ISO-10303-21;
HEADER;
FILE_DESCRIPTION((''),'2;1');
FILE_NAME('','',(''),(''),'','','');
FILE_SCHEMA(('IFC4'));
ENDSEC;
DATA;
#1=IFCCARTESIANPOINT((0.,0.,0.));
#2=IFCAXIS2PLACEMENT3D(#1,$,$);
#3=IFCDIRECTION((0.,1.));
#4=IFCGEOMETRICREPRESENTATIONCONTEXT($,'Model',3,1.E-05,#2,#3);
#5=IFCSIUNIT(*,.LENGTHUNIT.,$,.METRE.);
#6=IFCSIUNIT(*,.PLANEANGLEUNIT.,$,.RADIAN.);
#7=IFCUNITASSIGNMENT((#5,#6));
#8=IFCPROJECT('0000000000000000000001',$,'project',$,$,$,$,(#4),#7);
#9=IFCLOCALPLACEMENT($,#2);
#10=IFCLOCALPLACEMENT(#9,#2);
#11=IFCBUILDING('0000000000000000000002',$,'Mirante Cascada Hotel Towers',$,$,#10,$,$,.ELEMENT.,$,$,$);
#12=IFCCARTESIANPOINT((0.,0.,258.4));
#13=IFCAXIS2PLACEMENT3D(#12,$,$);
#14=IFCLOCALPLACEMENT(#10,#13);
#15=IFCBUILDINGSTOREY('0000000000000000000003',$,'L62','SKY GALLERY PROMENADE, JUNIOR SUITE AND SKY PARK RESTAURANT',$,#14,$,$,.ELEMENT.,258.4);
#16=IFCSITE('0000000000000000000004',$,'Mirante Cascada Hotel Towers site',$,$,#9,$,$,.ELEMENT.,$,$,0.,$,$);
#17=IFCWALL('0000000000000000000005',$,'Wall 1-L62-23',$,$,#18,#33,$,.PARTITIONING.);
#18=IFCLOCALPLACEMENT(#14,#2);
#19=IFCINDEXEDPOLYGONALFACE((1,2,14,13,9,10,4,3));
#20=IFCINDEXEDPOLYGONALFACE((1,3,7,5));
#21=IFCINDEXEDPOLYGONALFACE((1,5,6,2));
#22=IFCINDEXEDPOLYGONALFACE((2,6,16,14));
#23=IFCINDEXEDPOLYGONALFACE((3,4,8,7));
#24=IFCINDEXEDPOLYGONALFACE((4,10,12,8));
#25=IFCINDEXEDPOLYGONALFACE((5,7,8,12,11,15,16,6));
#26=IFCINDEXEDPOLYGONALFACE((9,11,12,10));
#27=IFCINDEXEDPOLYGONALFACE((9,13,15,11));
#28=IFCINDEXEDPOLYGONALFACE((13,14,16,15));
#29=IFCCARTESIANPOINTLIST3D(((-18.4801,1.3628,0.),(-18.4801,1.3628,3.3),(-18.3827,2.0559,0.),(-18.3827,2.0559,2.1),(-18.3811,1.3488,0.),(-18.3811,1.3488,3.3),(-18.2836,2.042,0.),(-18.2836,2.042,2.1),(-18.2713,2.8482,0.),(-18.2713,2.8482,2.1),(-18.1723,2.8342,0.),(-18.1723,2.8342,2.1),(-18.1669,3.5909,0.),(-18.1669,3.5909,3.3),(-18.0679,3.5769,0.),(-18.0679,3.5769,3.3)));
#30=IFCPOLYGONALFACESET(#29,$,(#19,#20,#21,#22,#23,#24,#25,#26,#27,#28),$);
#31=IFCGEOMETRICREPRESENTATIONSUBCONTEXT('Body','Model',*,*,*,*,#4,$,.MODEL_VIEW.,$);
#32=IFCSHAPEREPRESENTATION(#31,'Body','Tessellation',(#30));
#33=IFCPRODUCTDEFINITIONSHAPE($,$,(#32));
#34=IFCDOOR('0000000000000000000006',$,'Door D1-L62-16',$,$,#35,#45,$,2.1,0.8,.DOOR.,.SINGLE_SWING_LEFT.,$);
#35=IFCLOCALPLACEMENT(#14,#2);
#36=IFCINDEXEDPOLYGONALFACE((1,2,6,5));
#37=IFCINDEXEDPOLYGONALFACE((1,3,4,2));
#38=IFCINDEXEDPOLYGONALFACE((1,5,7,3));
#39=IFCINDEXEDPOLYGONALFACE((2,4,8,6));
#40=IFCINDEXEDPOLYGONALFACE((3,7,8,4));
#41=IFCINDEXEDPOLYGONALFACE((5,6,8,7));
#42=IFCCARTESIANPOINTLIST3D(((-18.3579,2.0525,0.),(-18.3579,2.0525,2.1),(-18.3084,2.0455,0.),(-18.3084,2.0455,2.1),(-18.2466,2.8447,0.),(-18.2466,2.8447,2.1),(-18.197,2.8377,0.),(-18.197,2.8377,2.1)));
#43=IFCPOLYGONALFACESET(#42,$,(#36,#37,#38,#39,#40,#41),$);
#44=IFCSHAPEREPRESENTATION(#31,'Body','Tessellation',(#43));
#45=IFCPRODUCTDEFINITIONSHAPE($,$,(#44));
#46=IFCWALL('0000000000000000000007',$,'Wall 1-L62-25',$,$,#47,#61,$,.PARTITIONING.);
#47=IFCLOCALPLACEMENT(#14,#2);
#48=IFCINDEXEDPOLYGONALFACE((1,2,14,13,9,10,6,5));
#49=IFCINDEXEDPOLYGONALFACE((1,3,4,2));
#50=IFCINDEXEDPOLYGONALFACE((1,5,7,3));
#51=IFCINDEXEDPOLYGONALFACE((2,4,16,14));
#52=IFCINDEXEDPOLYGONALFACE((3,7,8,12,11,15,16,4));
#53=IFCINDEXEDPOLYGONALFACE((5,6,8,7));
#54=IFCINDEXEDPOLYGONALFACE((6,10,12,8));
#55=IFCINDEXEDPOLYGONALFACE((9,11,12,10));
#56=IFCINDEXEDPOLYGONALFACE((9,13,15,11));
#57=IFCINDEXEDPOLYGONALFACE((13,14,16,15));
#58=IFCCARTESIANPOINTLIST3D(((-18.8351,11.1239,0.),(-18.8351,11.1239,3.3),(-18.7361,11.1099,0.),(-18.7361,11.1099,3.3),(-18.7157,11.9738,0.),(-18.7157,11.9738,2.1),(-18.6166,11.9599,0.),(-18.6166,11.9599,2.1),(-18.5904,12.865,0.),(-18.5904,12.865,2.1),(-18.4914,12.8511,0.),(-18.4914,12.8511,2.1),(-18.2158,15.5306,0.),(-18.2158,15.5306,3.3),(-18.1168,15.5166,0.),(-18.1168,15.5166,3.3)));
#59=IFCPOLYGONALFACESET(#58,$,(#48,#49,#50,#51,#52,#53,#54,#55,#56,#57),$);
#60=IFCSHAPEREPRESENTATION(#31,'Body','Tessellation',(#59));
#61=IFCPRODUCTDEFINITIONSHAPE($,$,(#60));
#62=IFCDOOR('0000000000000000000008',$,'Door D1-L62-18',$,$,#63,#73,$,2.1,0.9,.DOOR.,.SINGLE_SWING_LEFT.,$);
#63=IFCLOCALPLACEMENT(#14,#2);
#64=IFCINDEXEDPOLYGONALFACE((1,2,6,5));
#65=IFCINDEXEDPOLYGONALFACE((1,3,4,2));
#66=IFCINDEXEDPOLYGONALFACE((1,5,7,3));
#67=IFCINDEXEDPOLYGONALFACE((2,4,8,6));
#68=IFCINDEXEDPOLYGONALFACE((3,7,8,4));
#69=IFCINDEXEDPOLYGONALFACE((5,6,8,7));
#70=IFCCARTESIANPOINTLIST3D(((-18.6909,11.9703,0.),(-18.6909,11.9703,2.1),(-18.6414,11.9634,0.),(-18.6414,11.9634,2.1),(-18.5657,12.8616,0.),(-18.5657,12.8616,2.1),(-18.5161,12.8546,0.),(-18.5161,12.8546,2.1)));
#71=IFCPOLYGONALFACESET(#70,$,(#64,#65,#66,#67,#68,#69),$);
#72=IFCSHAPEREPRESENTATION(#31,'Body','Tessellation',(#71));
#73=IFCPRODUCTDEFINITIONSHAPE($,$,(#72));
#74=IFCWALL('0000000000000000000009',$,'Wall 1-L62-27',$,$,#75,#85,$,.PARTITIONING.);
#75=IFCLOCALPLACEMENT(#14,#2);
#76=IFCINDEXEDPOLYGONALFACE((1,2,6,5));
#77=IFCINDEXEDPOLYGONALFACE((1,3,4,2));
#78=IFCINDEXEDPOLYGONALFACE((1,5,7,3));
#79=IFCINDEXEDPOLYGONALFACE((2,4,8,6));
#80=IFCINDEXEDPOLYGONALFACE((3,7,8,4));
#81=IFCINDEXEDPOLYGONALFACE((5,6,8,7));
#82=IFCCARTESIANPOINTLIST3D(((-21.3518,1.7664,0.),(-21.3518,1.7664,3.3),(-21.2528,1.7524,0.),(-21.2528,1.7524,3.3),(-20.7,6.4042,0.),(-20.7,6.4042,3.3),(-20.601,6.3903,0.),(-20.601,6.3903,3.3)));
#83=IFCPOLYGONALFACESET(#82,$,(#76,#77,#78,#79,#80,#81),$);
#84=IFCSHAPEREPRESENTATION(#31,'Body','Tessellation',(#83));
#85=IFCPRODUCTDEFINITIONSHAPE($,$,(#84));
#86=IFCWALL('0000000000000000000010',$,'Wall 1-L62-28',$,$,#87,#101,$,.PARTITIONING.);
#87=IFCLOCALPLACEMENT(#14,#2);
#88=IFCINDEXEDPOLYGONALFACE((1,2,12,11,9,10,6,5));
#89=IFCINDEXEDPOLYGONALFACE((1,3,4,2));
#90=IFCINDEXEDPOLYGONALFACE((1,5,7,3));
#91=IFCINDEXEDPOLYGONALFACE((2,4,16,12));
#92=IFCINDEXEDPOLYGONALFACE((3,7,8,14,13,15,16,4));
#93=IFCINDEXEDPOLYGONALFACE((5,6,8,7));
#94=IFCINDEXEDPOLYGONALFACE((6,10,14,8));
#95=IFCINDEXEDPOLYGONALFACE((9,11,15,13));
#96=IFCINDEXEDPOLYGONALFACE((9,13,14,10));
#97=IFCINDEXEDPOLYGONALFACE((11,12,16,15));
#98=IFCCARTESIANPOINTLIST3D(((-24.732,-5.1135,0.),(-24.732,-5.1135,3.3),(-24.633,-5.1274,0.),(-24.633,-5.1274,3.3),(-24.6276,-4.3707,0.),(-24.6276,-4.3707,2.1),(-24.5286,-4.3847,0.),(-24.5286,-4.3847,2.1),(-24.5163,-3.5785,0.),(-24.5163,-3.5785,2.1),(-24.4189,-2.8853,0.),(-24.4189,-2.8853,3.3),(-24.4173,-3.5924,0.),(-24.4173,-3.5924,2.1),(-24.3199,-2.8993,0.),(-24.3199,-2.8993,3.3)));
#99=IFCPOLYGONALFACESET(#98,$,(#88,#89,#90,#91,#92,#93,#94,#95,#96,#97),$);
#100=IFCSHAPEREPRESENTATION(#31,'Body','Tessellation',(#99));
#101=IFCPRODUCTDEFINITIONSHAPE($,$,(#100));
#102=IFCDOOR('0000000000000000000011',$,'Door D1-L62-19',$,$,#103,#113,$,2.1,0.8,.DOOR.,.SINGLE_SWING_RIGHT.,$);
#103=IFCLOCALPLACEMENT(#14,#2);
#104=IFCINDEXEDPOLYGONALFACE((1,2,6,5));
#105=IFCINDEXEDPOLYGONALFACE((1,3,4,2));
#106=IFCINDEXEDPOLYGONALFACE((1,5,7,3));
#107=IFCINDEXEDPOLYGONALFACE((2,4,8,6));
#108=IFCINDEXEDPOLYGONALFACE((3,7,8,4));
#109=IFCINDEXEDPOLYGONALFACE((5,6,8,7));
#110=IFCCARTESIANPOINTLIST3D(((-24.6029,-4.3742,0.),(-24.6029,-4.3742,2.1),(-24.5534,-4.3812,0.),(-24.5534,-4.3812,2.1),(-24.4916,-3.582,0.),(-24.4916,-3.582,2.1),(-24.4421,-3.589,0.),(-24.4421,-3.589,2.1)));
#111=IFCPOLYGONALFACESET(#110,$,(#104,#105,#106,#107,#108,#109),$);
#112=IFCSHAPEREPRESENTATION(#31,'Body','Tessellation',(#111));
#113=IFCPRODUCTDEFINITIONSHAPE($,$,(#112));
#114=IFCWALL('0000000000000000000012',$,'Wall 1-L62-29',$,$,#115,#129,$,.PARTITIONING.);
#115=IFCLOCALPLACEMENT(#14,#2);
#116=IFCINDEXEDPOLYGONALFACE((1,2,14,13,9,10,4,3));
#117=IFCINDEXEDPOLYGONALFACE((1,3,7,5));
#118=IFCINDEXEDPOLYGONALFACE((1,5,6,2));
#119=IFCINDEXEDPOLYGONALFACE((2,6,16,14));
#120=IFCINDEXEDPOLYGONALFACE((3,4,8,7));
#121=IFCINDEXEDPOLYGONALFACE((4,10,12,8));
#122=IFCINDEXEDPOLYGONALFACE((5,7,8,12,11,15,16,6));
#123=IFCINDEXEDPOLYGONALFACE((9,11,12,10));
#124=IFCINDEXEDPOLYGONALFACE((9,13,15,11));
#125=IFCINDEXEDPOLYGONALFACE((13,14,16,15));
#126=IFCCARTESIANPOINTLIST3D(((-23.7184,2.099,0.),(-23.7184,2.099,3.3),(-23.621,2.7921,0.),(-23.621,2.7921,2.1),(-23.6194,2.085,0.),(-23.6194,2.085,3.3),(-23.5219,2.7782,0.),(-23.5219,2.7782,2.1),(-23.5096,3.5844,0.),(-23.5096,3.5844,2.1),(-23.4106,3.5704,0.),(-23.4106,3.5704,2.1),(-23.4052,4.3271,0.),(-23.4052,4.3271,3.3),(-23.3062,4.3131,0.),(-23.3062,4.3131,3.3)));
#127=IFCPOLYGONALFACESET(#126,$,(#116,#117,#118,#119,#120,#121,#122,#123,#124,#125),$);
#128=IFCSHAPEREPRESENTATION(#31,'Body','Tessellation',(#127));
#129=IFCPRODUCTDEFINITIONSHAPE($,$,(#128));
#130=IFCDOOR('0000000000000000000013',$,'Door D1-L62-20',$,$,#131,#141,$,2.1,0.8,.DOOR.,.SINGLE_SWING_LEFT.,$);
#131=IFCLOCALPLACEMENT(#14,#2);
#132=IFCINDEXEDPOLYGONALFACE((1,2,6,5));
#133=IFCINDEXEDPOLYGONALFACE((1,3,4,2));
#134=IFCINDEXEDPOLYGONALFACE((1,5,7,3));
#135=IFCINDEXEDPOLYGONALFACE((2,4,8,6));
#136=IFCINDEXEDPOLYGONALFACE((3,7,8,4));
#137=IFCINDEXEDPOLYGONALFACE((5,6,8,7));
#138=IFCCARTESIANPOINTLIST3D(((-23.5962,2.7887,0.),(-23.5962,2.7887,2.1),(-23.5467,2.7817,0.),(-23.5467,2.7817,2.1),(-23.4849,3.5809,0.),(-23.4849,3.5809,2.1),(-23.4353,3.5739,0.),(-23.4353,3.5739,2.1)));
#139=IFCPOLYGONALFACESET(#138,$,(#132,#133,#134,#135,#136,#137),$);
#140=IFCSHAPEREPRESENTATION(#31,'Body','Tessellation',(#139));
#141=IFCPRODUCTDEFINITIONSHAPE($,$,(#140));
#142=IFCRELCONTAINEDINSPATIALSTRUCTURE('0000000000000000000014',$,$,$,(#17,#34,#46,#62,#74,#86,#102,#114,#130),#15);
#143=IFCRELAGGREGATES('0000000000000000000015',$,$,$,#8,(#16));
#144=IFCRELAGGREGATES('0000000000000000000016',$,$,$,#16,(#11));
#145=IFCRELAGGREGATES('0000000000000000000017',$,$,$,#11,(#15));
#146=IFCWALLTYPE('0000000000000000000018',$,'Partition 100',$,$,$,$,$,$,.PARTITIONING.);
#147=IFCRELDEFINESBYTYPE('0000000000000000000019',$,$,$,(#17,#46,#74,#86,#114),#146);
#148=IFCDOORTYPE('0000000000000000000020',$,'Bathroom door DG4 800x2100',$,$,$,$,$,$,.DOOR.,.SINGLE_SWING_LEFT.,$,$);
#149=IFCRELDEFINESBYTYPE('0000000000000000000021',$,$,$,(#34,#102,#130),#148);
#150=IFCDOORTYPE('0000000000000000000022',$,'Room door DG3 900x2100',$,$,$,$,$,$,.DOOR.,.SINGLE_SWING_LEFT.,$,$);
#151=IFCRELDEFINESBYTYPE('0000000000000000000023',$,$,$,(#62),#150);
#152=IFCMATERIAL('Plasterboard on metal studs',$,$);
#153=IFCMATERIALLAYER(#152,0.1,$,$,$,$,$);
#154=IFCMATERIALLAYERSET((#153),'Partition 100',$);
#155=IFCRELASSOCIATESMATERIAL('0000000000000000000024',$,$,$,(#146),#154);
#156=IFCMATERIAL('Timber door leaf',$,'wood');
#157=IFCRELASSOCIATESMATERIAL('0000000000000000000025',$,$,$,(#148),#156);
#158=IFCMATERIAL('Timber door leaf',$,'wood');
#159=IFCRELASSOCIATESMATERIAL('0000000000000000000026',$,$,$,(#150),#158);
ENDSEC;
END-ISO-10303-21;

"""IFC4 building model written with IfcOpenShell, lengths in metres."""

from ifc_helpers import new_model, si_unit, direction, frame, frame_2d, origin, place, context, subcontext, project, spatial, rectangle, extrude, material, layer, layer_set, type_object, element, fill, save


model = new_model("IFC4")

# Units and contexts
model_context = context("Model", 3, precision=1e-05, world=origin(), true_north=direction((0.0, 1.0)))
body_context = subcontext(model_context, "Body", "Model", "MODEL_VIEW")
ifc_project = project(units=[si_unit("LENGTHUNIT", "METRE"), si_unit("PLANEANGLEUNIT", "RADIAN")], contexts=[model_context])

# Site, building, storey
site_placement = place(None, origin())
site = spatial("IfcSite", under=ifc_project, at=site_placement, Name="Mirante Cascada Hotel Towers site", CompositionType="ELEMENT", RefElevation=0.0)
building_placement = place(site_placement, origin())
building = spatial("IfcBuilding", under=site, at=building_placement, Name="Mirante Cascada Hotel Towers", CompositionType="ELEMENT")
storey_placement = place(building_placement, frame((0.0, 0.0, 258.4)))
storey = spatial("IfcBuildingStorey", under=building, at=storey_placement, Name="L62", Description="SKY GALLERY PROMENADE, JUNIOR SUITE AND SKY PARK RESTAURANT", CompositionType="ELEMENT", Elevation=258.4)

# Shared definitions
ifc_material_1 = material(Name="Plasterboard on metal studs")
ifc_layer_1 = layer(ifc_material_1, 0.1)
ifc_layer_set_1 = layer_set([ifc_layer_1], Name="Partition 100")
wall_type_1 = type_object("IfcWallType", Name="Partition 100", PredefinedType="PARTITIONING", material=ifc_layer_set_1)

# Walls, openings, doors
wall_1_placement = place(storey_placement, frame((-18.4306, 1.3558, 0.0), z_axis=(0.0, 0.0, 1.0), x_axis=(0.1392, 0.990264, 0.0)))
wall_1 = element("IfcWall", 1, at=wall_1_placement, inside=storey, type_object=wall_type_1, Name="Wall 1-L62-23", PredefinedType="PARTITIONING", context=body_context, shape_type="SweptSolid", body=[
    extrude(rectangle(XDim=2.25, YDim=0.1, at=frame_2d((1.125, 0.0))), origin(), (0.0, 0.0, 1.0), 3.3),
])
opening_1_placement = place(wall_1_placement, frame((0.7, 0.0, 0.0)))
opening_1 = element("IfcOpeningElement", 2, at=opening_1_placement, cuts=wall_1, PredefinedType="OPENING", context=body_context, shape_type="SweptSolid", body=[
    extrude(rectangle(XDim=0.8, YDim=2.1, at=frame_2d((0.4, 1.05))), frame((0.0, 0.05, 0.0), z_axis=(0.0, -1.0, 0.0), x_axis=(1.0, 0.0, 0.0)), (0.0, 0.0, 1.0), 0.1),
])
ifc_material_2 = material(Name="Timber door leaf", Category="wood")
door_type_1 = type_object("IfcDoorType", Name="Bathroom door DG4 800x2100", OperationType="SINGLE_SWING_LEFT", PredefinedType="DOOR", material=ifc_material_2)
door_1_placement = place(opening_1_placement, origin())
door_1 = element("IfcDoor", 3, at=door_1_placement, inside=storey, type_object=door_type_1, Name="Door D1-L62-16", OperationType="SINGLE_SWING_LEFT", OverallHeight=2.1, OverallWidth=0.8, PredefinedType="DOOR", context=body_context, shape_type="SweptSolid", body=[
    extrude(rectangle(XDim=0.8, YDim=2.1, at=frame_2d((0.4, 1.05))), frame((0.0, 0.025, 0.0), z_axis=(0.0, -1.0, 0.0), x_axis=(1.0, 0.0, 0.0)), (0.0, 0.0, 1.0), 0.05),
])
fill(opening_1, door_1)
wall_2_placement = place(storey_placement, frame((-18.7856, 11.1169, 0.0), z_axis=(0.0, 0.0, 1.0), x_axis=(0.139168, 0.990269, 0.0)))
wall_2 = element("IfcWall", 4, at=wall_2_placement, inside=storey, type_object=wall_type_1, Name="Wall 1-L62-25", PredefinedType="PARTITIONING", context=body_context, shape_type="SweptSolid", body=[
    extrude(rectangle(XDim=4.45, YDim=0.1, at=frame_2d((2.225, 0.0))), origin(), (0.0, 0.0, 1.0), 3.3),
])
opening_2_placement = place(wall_2_placement, frame((0.8583, 0.0, 0.0)))
opening_2 = element("IfcOpeningElement", 5, at=opening_2_placement, cuts=wall_2, PredefinedType="OPENING", context=body_context, shape_type="SweptSolid", body=[
    extrude(rectangle(XDim=0.9, YDim=2.1, at=frame_2d((0.45, 1.05))), frame((0.0, 0.05, 0.0), z_axis=(0.0, -1.0, 0.0), x_axis=(1.0, 0.0, 0.0)), (0.0, 0.0, 1.0), 0.1),
])
ifc_material_3 = material(Name="Timber door leaf", Category="wood")
door_type_2 = type_object("IfcDoorType", Name="Room door DG3 900x2100", OperationType="SINGLE_SWING_LEFT", PredefinedType="DOOR", material=ifc_material_3)
door_2_placement = place(opening_2_placement, origin())
door_2 = element("IfcDoor", 6, at=door_2_placement, inside=storey, type_object=door_type_2, Name="Door D1-L62-18", OperationType="SINGLE_SWING_LEFT", OverallHeight=2.1, OverallWidth=0.9, PredefinedType="DOOR", context=body_context, shape_type="SweptSolid", body=[
    extrude(rectangle(XDim=0.9, YDim=2.1, at=frame_2d((0.45, 1.05))), frame((0.0, 0.025, 0.0), z_axis=(0.0, -1.0, 0.0), x_axis=(1.0, 0.0, 0.0)), (0.0, 0.0, 1.0), 0.05),
])
fill(opening_2, door_2)

# Wall
wall_3_placement = place(storey_placement, frame((-21.3023, 1.7594, 0.0), z_axis=(0.0, 0.0, 1.0), x_axis=(0.139173, 0.990268, 0.0)))
element("IfcWall", 7, at=wall_3_placement, inside=storey, type_object=wall_type_1, Name="Wall 1-L62-27", PredefinedType="PARTITIONING", context=body_context, shape_type="SweptSolid", body=[
    extrude(rectangle(XDim=4.6834, YDim=0.1, at=frame_2d((2.3417, 0.0))), origin(), (0.0, 0.0, 1.0), 3.3),
])

# Walls, openings, doors
wall_4_placement = place(storey_placement, frame((-24.3694, -2.8923, 0.0), z_axis=(0.0, 0.0, 1.0), x_axis=(-0.139156, -0.990271, 0.0)))
wall_4 = element("IfcWall", 8, at=wall_4_placement, inside=storey, type_object=wall_type_1, Name="Wall 1-L62-28", PredefinedType="PARTITIONING", context=body_context, shape_type="SweptSolid", body=[
    extrude(rectangle(XDim=2.25, YDim=0.1, at=frame_2d((1.125, 0.0))), origin(), (0.0, 0.0, 1.0), 3.3),
])
opening_3_placement = place(wall_4_placement, frame((0.7, 0.0, 0.0)))
opening_3 = element("IfcOpeningElement", 9, at=opening_3_placement, cuts=wall_4, PredefinedType="OPENING", context=body_context, shape_type="SweptSolid", body=[
    extrude(rectangle(XDim=0.8, YDim=2.1, at=frame_2d((0.4, 1.05))), frame((0.0, 0.05, 0.0), z_axis=(0.0, -1.0, 0.0), x_axis=(1.0, 0.0, 0.0)), (0.0, 0.0, 1.0), 0.1),
])
door_3_placement = place(opening_3_placement, frame((0.8, 0.0, 0.0), z_axis=(0.0, 0.0, 1.0), x_axis=(-1.0, 0.0, 0.0)))
door_3 = element("IfcDoor", 10, at=door_3_placement, inside=storey, type_object=door_type_1, Name="Door D1-L62-19", OperationType="SINGLE_SWING_RIGHT", OverallHeight=2.1, OverallWidth=0.8, PredefinedType="DOOR", context=body_context, shape_type="SweptSolid", body=[
    extrude(rectangle(XDim=0.8, YDim=2.1, at=frame_2d((0.4, 1.05))), frame((0.0, 0.025, 0.0), z_axis=(0.0, -1.0, 0.0), x_axis=(1.0, 0.0, 0.0)), (0.0, 0.0, 1.0), 0.05),
])
fill(opening_3, door_3)
wall_5_placement = place(storey_placement, frame((-23.6689, 2.092, 0.0), z_axis=(0.0, 0.0, 1.0), x_axis=(0.1392, 0.990264, 0.0)))
wall_5 = element("IfcWall", 11, at=wall_5_placement, inside=storey, type_object=wall_type_1, Name="Wall 1-L62-29", PredefinedType="PARTITIONING", context=body_context, shape_type="SweptSolid", body=[
    extrude(rectangle(XDim=2.25, YDim=0.1, at=frame_2d((1.125, 0.0))), origin(), (0.0, 0.0, 1.0), 3.3),
])
opening_4_placement = place(wall_5_placement, frame((0.7, 0.0, 0.0)))
opening_4 = element("IfcOpeningElement", 12, at=opening_4_placement, cuts=wall_5, PredefinedType="OPENING", context=body_context, shape_type="SweptSolid", body=[
    extrude(rectangle(XDim=0.8, YDim=2.1, at=frame_2d((0.4, 1.05))), frame((0.0, 0.05, 0.0), z_axis=(0.0, -1.0, 0.0), x_axis=(1.0, 0.0, 0.0)), (0.0, 0.0, 1.0), 0.1),
])
door_4_placement = place(opening_4_placement, origin())
door_4 = element("IfcDoor", 13, at=door_4_placement, inside=storey, type_object=door_type_1, Name="Door D1-L62-20", OperationType="SINGLE_SWING_LEFT", OverallHeight=2.1, OverallWidth=0.8, PredefinedType="DOOR", context=body_context, shape_type="SweptSolid", body=[
    extrude(rectangle(XDim=0.8, YDim=2.1, at=frame_2d((0.4, 1.05))), frame((0.0, 0.025, 0.0), z_axis=(0.0, -1.0, 0.0), x_axis=(1.0, 0.0, 0.0)), (0.0, 0.0, 1.0), 0.05),
])
fill(opening_4, door_4)

save(model, "model.ifc")
